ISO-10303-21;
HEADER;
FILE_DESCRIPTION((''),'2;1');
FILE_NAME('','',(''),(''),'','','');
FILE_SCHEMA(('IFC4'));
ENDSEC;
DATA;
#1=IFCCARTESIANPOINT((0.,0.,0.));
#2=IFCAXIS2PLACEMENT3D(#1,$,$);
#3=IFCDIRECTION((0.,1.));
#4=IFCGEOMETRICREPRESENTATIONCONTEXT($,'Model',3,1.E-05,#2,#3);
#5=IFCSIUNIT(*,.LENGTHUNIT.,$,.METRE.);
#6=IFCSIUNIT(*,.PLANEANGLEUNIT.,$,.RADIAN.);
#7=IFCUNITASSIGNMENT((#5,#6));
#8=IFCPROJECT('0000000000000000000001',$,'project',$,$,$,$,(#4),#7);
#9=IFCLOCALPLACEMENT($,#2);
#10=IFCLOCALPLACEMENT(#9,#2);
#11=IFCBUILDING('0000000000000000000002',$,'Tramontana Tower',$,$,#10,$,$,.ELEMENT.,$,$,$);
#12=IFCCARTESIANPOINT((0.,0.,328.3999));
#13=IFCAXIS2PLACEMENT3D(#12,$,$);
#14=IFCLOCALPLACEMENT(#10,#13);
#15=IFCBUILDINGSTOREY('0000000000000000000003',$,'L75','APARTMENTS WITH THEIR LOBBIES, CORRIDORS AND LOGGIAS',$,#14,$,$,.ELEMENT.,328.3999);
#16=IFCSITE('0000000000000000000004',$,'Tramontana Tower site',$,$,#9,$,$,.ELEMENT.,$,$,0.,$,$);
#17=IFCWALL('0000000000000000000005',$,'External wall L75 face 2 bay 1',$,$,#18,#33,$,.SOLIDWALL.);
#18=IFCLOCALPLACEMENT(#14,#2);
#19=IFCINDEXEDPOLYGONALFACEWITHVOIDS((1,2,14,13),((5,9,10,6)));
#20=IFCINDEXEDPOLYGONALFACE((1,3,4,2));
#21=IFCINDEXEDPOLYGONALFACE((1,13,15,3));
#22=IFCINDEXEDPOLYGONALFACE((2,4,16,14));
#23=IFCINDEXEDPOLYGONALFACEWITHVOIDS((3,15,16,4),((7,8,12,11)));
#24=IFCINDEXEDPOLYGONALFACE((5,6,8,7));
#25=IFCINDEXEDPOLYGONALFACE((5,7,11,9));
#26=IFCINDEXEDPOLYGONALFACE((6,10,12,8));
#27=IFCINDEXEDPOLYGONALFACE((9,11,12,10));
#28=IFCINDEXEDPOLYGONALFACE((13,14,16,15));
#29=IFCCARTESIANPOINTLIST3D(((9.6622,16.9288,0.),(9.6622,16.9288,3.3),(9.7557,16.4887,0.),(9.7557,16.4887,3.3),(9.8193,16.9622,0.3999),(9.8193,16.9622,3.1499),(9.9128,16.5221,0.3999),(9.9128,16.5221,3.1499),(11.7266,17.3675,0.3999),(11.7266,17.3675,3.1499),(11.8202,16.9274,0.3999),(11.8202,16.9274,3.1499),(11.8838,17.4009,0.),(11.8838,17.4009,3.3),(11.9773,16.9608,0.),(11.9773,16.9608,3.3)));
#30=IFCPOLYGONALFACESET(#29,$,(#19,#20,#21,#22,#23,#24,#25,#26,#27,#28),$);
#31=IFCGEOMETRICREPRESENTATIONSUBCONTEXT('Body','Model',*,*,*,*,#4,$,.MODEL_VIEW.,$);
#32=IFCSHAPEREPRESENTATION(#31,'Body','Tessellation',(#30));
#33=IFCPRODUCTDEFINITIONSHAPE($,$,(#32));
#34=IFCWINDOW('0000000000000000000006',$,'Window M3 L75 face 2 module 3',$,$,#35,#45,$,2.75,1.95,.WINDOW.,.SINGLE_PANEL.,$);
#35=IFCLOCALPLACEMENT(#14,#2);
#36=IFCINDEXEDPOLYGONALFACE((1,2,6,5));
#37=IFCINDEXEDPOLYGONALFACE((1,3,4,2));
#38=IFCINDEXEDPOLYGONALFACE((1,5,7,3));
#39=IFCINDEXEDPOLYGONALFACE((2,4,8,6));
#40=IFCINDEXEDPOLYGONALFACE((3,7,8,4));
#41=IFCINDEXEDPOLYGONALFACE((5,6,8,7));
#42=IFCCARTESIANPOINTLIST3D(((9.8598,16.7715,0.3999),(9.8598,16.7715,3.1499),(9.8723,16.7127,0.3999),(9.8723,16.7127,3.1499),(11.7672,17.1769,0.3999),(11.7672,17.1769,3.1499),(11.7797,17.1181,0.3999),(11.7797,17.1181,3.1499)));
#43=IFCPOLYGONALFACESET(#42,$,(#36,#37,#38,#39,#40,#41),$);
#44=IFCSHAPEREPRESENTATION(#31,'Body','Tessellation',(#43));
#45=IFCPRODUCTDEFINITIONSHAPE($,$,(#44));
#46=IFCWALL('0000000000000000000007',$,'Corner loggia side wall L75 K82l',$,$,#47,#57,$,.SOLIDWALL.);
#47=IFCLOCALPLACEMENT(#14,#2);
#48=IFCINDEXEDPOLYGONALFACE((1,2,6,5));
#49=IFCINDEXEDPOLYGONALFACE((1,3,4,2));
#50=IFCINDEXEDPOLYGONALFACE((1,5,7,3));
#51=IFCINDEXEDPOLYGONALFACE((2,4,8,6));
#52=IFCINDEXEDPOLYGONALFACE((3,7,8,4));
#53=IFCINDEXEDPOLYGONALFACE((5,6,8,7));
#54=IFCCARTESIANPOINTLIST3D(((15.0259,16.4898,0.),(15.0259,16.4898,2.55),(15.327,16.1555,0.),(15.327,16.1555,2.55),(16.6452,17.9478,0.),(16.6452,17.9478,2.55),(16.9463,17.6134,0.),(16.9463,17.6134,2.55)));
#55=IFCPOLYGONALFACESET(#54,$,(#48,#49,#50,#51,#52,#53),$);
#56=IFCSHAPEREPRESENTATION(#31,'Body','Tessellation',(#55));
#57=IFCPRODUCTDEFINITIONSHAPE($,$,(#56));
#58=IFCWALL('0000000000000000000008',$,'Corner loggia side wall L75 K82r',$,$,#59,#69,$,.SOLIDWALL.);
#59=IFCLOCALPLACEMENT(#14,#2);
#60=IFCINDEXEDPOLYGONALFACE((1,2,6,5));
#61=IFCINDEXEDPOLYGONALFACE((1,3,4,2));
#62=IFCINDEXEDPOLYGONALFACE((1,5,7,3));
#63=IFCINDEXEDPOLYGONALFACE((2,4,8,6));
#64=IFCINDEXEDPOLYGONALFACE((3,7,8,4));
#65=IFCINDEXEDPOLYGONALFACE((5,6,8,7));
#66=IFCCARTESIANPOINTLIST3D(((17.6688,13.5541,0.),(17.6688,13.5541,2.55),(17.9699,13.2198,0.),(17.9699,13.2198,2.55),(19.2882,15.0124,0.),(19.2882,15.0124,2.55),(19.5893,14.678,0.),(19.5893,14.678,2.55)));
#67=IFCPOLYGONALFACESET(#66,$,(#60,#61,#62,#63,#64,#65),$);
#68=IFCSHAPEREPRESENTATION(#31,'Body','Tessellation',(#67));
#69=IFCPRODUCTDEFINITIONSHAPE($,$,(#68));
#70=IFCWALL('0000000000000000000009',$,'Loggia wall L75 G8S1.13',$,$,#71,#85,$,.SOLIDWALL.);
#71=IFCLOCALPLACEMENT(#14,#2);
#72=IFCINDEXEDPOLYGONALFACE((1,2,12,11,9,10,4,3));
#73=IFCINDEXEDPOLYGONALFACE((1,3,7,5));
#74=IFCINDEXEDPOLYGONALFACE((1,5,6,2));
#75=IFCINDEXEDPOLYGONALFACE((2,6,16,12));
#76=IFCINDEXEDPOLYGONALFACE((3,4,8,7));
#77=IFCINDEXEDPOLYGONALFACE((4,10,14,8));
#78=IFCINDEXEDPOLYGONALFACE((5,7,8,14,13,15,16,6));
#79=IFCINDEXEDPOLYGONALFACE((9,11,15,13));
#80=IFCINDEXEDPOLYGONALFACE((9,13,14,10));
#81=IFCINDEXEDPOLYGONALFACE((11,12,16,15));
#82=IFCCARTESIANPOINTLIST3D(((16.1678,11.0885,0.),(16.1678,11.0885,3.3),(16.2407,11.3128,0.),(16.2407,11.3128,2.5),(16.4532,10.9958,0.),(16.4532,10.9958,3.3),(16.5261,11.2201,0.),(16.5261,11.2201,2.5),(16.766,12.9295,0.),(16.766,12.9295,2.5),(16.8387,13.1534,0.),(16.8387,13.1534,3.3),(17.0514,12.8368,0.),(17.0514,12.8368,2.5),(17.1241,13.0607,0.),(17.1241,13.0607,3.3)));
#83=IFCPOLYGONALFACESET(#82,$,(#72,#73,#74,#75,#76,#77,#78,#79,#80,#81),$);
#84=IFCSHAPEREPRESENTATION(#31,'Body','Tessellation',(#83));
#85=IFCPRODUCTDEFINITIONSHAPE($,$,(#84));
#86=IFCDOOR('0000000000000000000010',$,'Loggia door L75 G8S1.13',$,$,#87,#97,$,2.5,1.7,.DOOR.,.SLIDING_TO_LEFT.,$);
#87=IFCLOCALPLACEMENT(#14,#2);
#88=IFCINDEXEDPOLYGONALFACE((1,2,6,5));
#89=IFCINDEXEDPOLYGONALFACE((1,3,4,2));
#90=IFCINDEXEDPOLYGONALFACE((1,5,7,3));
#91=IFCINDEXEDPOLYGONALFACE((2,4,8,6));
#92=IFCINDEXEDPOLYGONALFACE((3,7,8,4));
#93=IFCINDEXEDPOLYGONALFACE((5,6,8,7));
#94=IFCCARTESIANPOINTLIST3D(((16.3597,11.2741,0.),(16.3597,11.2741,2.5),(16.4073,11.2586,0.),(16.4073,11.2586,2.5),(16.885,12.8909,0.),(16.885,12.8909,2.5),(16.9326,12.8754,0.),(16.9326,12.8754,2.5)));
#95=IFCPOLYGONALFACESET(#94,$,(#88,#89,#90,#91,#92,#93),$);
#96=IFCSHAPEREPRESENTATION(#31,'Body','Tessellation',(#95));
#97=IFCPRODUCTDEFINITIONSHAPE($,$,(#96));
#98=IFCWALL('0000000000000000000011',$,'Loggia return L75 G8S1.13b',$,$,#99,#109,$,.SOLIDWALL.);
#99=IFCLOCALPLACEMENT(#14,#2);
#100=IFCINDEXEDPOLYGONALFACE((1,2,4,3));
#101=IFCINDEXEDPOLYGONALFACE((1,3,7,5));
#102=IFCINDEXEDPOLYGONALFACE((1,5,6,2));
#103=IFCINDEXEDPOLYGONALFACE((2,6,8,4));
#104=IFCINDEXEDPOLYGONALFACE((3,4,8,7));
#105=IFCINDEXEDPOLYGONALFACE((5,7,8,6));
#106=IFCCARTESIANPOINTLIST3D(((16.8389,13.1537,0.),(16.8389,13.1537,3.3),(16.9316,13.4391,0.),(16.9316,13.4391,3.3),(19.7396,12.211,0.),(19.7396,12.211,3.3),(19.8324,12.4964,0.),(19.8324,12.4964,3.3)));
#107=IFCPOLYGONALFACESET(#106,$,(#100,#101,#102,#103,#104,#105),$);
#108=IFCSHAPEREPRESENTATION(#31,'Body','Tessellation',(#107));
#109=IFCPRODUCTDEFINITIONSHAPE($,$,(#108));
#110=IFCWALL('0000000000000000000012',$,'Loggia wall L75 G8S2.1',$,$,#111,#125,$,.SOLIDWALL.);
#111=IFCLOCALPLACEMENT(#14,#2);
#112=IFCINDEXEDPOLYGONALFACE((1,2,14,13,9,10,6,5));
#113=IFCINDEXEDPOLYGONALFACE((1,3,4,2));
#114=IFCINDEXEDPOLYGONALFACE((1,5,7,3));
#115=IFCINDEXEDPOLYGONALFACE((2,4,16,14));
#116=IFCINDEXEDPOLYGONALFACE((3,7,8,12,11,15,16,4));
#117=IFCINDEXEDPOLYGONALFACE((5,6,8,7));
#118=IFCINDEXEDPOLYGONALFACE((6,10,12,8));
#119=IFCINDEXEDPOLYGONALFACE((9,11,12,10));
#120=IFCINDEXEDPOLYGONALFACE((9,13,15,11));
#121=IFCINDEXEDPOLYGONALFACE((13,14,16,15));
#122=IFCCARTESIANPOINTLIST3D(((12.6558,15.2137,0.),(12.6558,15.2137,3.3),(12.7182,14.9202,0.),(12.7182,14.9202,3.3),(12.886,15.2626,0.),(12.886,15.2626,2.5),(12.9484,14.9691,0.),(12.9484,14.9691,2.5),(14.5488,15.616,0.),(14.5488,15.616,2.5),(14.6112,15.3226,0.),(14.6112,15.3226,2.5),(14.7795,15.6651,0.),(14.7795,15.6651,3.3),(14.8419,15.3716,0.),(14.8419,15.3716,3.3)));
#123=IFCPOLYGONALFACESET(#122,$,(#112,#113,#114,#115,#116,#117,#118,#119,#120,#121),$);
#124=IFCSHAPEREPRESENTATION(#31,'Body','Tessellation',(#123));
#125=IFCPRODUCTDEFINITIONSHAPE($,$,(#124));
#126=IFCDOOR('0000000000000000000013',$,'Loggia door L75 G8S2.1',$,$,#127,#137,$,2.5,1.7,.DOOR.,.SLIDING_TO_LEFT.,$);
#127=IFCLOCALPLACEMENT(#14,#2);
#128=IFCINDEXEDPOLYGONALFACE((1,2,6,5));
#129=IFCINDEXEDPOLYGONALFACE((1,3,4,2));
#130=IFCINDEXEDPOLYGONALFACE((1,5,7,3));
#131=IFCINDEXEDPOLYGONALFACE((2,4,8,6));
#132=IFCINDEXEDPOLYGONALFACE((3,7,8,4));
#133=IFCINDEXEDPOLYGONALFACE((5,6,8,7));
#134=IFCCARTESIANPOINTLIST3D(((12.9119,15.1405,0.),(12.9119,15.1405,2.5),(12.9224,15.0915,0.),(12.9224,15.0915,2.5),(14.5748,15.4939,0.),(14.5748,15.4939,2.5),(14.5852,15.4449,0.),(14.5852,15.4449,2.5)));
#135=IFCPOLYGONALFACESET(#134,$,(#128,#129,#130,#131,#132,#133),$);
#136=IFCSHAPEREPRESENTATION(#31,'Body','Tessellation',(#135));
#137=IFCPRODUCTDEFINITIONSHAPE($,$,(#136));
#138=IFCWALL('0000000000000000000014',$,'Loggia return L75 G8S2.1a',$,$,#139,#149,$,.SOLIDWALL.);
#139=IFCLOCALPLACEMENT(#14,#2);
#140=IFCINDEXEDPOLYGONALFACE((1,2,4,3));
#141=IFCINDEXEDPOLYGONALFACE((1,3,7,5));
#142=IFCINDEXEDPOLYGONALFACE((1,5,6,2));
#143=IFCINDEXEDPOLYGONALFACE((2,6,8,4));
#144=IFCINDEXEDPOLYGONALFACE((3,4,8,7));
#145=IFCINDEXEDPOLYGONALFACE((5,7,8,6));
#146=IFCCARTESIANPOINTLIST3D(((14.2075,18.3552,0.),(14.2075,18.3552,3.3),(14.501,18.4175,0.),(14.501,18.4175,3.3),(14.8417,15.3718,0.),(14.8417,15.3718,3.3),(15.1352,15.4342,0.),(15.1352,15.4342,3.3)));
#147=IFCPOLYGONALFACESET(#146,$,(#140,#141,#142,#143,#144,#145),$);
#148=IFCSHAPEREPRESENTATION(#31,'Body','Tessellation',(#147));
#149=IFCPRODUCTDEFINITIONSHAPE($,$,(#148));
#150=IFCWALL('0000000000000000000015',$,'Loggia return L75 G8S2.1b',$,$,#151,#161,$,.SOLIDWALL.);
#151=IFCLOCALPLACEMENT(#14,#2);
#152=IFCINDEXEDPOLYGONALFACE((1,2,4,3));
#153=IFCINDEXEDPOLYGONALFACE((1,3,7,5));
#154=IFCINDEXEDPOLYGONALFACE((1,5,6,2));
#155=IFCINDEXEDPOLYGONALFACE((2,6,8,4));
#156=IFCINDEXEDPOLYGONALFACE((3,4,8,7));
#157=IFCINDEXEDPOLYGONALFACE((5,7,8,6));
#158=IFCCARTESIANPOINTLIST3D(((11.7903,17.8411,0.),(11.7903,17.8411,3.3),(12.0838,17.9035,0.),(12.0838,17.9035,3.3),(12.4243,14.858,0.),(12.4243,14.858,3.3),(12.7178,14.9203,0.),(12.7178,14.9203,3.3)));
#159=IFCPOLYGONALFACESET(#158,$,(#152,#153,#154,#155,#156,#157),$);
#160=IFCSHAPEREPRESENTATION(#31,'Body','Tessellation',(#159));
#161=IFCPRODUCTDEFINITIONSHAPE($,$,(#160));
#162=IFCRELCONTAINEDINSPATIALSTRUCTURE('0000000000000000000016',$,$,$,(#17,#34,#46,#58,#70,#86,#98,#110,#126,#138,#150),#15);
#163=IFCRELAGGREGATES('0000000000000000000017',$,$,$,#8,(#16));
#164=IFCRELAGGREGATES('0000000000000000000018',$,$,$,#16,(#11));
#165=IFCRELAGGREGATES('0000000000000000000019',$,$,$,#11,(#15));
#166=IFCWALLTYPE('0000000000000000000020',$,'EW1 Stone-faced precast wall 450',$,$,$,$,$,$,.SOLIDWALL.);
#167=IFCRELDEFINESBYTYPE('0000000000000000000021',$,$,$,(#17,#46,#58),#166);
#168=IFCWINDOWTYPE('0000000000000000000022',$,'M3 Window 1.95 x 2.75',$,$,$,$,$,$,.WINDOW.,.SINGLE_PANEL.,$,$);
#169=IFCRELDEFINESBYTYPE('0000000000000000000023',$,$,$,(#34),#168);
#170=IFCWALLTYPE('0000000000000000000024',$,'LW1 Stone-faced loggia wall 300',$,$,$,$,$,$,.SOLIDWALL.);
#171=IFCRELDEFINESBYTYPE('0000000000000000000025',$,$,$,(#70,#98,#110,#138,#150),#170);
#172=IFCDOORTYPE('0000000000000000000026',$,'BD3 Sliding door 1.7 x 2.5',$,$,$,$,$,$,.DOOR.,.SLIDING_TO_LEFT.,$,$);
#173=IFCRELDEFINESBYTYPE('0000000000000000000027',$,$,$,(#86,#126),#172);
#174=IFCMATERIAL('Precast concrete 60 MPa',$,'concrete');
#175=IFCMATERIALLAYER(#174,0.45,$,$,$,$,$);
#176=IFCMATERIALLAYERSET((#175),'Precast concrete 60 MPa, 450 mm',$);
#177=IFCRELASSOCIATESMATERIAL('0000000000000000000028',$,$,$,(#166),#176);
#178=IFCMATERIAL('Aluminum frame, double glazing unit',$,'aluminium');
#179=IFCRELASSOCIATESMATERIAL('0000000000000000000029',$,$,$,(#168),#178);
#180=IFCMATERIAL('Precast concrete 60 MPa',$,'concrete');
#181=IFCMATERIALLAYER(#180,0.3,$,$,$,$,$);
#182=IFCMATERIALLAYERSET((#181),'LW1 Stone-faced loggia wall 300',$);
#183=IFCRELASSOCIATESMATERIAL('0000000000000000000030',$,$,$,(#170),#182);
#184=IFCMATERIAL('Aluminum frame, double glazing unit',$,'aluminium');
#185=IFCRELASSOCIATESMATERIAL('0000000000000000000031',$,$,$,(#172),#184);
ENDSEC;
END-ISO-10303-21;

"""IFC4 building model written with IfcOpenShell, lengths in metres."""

from ifc_helpers import new_model, si_unit, direction, frame, frame_2d, origin, place, context, subcontext, project, spatial, rectangle, extrude, material, layer, layer_set, type_object, element, fill, save


model = new_model("IFC4")

# Units and contexts
model_context = context("Model", 3, precision=1e-05, world=origin(), true_north=direction((0.0, 1.0)))
body_context = subcontext(model_context, "Body", "Model", "MODEL_VIEW")
ifc_project = project(units=[si_unit("LENGTHUNIT", "METRE"), si_unit("PLANEANGLEUNIT", "RADIAN")], contexts=[model_context])

# Site, building, storey
site_placement = place(None, origin())
site = spatial("IfcSite", under=ifc_project, at=site_placement, Name="Tramontana Tower site", CompositionType="ELEMENT", RefElevation=0.0)
building_placement = place(site_placement, origin())
building = spatial("IfcBuilding", under=site, at=building_placement, Name="Tramontana Tower", CompositionType="ELEMENT")
storey_placement = place(building_placement, frame((0.0, 0.0, 328.3999)))
storey = spatial("IfcBuildingStorey", under=building, at=storey_placement, Name="L75", Description="APARTMENTS WITH THEIR LOBBIES, CORRIDORS AND LOGGIAS", CompositionType="ELEMENT", Elevation=328.3999)

# Wall, opening, window
ifc_material_1 = material(Name="Precast concrete 60 MPa", Category="concrete")
ifc_layer_1 = layer(ifc_material_1, 0.45)
ifc_layer_set_1 = layer_set([ifc_layer_1], Name="Precast concrete 60 MPa, 450 mm")
wall_type_1 = type_object("IfcWallType", Name="EW1 Stone-faced precast wall 450", PredefinedType="SOLIDWALL", material=ifc_layer_set_1)
wall_1_placement = place(storey_placement, frame((11.9307, 17.1809, 0.0), z_axis=(0.0, 0.0, 1.0), x_axis=(-0.978153, -0.207884, 0.0)))
wall_1 = element("IfcWall", 1, at=wall_1_placement, inside=storey, type_object=wall_type_1, Name="External wall L75 face 2 bay 1", PredefinedType="SOLIDWALL", context=body_context, shape_type="SweptSolid", body=[
    extrude(rectangle(XDim=2.2712, YDim=0.45, at=frame_2d((1.1357, 0.0))), origin(), (0.0, 0.0, 1.0), 3.3),
])
opening_1_placement = place(wall_1_placement, frame((0.1606, 0.0, 0.3999)))
opening_1 = element("IfcOpeningElement", 2, at=opening_1_placement, cuts=wall_1, PredefinedType="OPENING", context=body_context, shape_type="SweptSolid", body=[
    extrude(rectangle(XDim=1.95, YDim=2.75, at=frame_2d((0.9751, 1.375))), frame((0.0, 0.2349, 0.0), z_axis=(0.0, -1.0, 0.0), x_axis=(1.0, 0.0, 0.0)), (0.0, 0.0, 1.0), 0.47),
])
ifc_material_2 = material(Name="Aluminum frame, double glazing unit", Category="aluminium")
window_type_1 = type_object("IfcWindowType", Name="M3 Window 1.95 x 2.75", PartitioningType="SINGLE_PANEL", PredefinedType="WINDOW", material=ifc_material_2)
window_1_placement = place(opening_1_placement, origin())
window_1 = element("IfcWindow", 3, at=window_1_placement, inside=storey, type_object=window_type_1, Name="Window M3 L75 face 2 module 3", OverallHeight=2.75, OverallWidth=1.95, PartitioningType="SINGLE_PANEL", PredefinedType="WINDOW", context=body_context, shape_type="SweptSolid", body=[
    extrude(rectangle(XDim=1.95, YDim=2.75, at=frame_2d((0.9751, 1.375))), frame((0.0, 0.03, 0.0), z_axis=(0.0, -1.0, 0.0), x_axis=(1.0, 0.0, 0.0)), (0.0, 0.0, 1.0), 0.0601),
])
fill(opening_1, window_1)

# Walls
wall_2_placement = place(storey_placement, frame((16.7957, 17.7805, 0.0), z_axis=(0.0, 0.0, 1.0), x_axis=(-0.743166, -0.669107, 0.0)))
element("IfcWall", 4, at=wall_2_placement, inside=storey, type_object=wall_type_1, Name="Corner loggia side wall L75 K82l", PredefinedType="SOLIDWALL", context=body_context, shape_type="SweptSolid", body=[
    extrude(rectangle(XDim=2.179, YDim=0.45, at=frame_2d((1.0894, 0.0))), origin(), (0.0, 0.0, 1.0), 2.55),
])
wall_3_placement = place(storey_placement, frame((19.4387, 14.8452, 0.0), z_axis=(0.0, 0.0, 1.0), x_axis=(-0.74311, -0.669169, 0.0)))
element("IfcWall", 5, at=wall_3_placement, inside=storey, type_object=wall_type_1, Name="Corner loggia side wall L75 K82r", PredefinedType="SOLIDWALL", context=body_context, shape_type="SweptSolid", body=[
    extrude(rectangle(XDim=2.1792, YDim=0.45, at=frame_2d((1.0896, 0.0))), origin(), (0.0, 0.0, 1.0), 2.55),
])

# Wall, opening, door
ifc_material_3 = material(Name="Precast concrete 60 MPa", Category="concrete")
ifc_layer_2 = layer(ifc_material_3, 0.3)
ifc_layer_set_2 = layer_set([ifc_layer_2], Name="LW1 Stone-faced loggia wall 300")
wall_type_2 = type_object("IfcWallType", Name="LW1 Stone-faced loggia wall 300", PredefinedType="SOLIDWALL", material=ifc_layer_set_2)
wall_4_placement = place(storey_placement, frame((16.3105, 11.0422, 0.0), z_axis=(0.0, 0.0, 1.0), x_axis=(0.309, 0.951062, 0.0)))
wall_4 = element("IfcWall", 6, at=wall_4_placement, inside=storey, type_object=wall_type_2, Name="Loggia wall L75 G8S1.13", PredefinedType="SOLIDWALL", context=body_context, shape_type="SweptSolid", body=[
    extrude(rectangle(XDim=2.1711, YDim=0.3, at=frame_2d((1.0854, 0.0))), origin(), (0.0, 0.0, 1.0), 3.3),
])
opening_2_placement = place(wall_4_placement, frame((0.2356, 0.0, 0.0)))
opening_2 = element("IfcOpeningElement", 7, at=opening_2_placement, cuts=wall_4, PredefinedType="OPENING", context=body_context, shape_type="SweptSolid", body=[
    extrude(rectangle(XDim=1.7, YDim=2.5, at=frame_2d((0.8501, 1.25))), frame((0.0, 0.1599, 0.0), z_axis=(0.0, -1.0, 0.0), x_axis=(1.0, 0.0, 0.0)), (0.0, 0.0, 1.0), 0.3201),
])
ifc_material_4 = material(Name="Aluminum frame, double glazing unit", Category="aluminium")
door_type_1 = type_object("IfcDoorType", Name="BD3 Sliding door 1.7 x 2.5", OperationType="SLIDING_TO_LEFT", PredefinedType="DOOR", material=ifc_material_4)
door_1_placement = place(opening_2_placement, origin())
door_1 = element("IfcDoor", 8, at=door_1_placement, inside=storey, type_object=door_type_1, Name="Loggia door L75 G8S1.13", OperationType="SLIDING_TO_LEFT", OverallHeight=2.5, OverallWidth=1.7, PredefinedType="DOOR", context=body_context, shape_type="SweptSolid", body=[
    extrude(rectangle(XDim=1.7, YDim=2.5, at=frame_2d((0.8501, 1.25))), frame((0.0, 0.0249, 0.0), z_axis=(0.0, -1.0, 0.0), x_axis=(1.0, 0.0, 0.0)), (0.0, 0.0, 1.0), 0.05),
])
fill(opening_2, door_1)

# Wall
wall_5_placement = place(storey_placement, frame((19.7859, 12.3538, 0.0), z_axis=(0.0, 0.0, 1.0), x_axis=(-0.951042, 0.309063, 0.0)))
element("IfcWall", 9, at=wall_5_placement, inside=storey, type_object=wall_type_2, Name="Loggia return L75 G8S1.13b", PredefinedType="SOLIDWALL", context=body_context, shape_type="SweptSolid", body=[
    extrude(rectangle(XDim=3.05, YDim=0.3, at=frame_2d((1.5249, 0.0))), origin(), (0.0, 0.0, 1.0), 3.3),
])

# Wall, opening, door
wall_6_placement = place(storey_placement, frame((14.8105, 15.5183, 0.0), z_axis=(0.0, 0.0, 1.0), x_axis=(-0.978148, -0.207909, 0.0)))
wall_6 = element("IfcWall", 10, at=wall_6_placement, inside=storey, type_object=wall_type_2, Name="Loggia wall L75 G8S2.1", PredefinedType="SOLIDWALL", context=body_context, shape_type="SweptSolid", body=[
    extrude(rectangle(XDim=2.1711, YDim=0.3, at=frame_2d((1.0854, 0.0))), origin(), (0.0, 0.0, 1.0), 3.3),
])
opening_3_placement = place(wall_6_placement, frame((0.2356, 0.0, 0.0)))
opening_3 = element("IfcOpeningElement", 11, at=opening_3_placement, cuts=wall_6, PredefinedType="OPENING", context=body_context, shape_type="SweptSolid", body=[
    extrude(rectangle(XDim=1.7, YDim=2.5, at=frame_2d((0.8501, 1.25))), frame((0.0, 0.1599, 0.0), z_axis=(0.0, -1.0, 0.0), x_axis=(1.0, 0.0, 0.0)), (0.0, 0.0, 1.0), 0.3201),
])
door_2_placement = place(opening_3_placement, origin())
door_2 = element("IfcDoor", 12, at=door_2_placement, inside=storey, type_object=door_type_1, Name="Loggia door L75 G8S2.1", OperationType="SLIDING_TO_LEFT", OverallHeight=2.5, OverallWidth=1.7, PredefinedType="DOOR", context=body_context, shape_type="SweptSolid", body=[
    extrude(rectangle(XDim=1.7, YDim=2.5, at=frame_2d((0.8501, 1.25))), frame((0.0, 0.0249, 0.0), z_axis=(0.0, -1.0, 0.0), x_axis=(1.0, 0.0, 0.0)), (0.0, 0.0, 1.0), 0.05),
])
fill(opening_3, door_2)

# Walls
wall_7_placement = place(storey_placement, frame((14.3542, 18.3862, 0.0), z_axis=(0.0, 0.0, 1.0), x_axis=(0.207954, -0.978139, 0.0)))
element("IfcWall", 13, at=wall_7_placement, inside=storey, type_object=wall_type_2, Name="Loggia return L75 G8S2.1a", PredefinedType="SOLIDWALL", context=body_context, shape_type="SweptSolid", body=[
    extrude(rectangle(XDim=3.05, YDim=0.3, at=frame_2d((1.5249, 0.0))), origin(), (0.0, 0.0, 1.0), 3.3),
])
wall_8_placement = place(storey_placement, frame((11.937, 17.8723, 0.0), z_axis=(0.0, 0.0, 1.0), x_axis=(0.207894, -0.978151, 0.0)))
element("IfcWall", 14, at=wall_8_placement, inside=storey, type_object=wall_type_2, Name="Loggia return L75 G8S2.1b", PredefinedType="SOLIDWALL", context=body_context, shape_type="SweptSolid", body=[
    extrude(rectangle(XDim=3.0498, YDim=0.3, at=frame_2d((1.5249, 0.0))), origin(), (0.0, 0.0, 1.0), 3.3),
])

save(model, "model.ifc")
